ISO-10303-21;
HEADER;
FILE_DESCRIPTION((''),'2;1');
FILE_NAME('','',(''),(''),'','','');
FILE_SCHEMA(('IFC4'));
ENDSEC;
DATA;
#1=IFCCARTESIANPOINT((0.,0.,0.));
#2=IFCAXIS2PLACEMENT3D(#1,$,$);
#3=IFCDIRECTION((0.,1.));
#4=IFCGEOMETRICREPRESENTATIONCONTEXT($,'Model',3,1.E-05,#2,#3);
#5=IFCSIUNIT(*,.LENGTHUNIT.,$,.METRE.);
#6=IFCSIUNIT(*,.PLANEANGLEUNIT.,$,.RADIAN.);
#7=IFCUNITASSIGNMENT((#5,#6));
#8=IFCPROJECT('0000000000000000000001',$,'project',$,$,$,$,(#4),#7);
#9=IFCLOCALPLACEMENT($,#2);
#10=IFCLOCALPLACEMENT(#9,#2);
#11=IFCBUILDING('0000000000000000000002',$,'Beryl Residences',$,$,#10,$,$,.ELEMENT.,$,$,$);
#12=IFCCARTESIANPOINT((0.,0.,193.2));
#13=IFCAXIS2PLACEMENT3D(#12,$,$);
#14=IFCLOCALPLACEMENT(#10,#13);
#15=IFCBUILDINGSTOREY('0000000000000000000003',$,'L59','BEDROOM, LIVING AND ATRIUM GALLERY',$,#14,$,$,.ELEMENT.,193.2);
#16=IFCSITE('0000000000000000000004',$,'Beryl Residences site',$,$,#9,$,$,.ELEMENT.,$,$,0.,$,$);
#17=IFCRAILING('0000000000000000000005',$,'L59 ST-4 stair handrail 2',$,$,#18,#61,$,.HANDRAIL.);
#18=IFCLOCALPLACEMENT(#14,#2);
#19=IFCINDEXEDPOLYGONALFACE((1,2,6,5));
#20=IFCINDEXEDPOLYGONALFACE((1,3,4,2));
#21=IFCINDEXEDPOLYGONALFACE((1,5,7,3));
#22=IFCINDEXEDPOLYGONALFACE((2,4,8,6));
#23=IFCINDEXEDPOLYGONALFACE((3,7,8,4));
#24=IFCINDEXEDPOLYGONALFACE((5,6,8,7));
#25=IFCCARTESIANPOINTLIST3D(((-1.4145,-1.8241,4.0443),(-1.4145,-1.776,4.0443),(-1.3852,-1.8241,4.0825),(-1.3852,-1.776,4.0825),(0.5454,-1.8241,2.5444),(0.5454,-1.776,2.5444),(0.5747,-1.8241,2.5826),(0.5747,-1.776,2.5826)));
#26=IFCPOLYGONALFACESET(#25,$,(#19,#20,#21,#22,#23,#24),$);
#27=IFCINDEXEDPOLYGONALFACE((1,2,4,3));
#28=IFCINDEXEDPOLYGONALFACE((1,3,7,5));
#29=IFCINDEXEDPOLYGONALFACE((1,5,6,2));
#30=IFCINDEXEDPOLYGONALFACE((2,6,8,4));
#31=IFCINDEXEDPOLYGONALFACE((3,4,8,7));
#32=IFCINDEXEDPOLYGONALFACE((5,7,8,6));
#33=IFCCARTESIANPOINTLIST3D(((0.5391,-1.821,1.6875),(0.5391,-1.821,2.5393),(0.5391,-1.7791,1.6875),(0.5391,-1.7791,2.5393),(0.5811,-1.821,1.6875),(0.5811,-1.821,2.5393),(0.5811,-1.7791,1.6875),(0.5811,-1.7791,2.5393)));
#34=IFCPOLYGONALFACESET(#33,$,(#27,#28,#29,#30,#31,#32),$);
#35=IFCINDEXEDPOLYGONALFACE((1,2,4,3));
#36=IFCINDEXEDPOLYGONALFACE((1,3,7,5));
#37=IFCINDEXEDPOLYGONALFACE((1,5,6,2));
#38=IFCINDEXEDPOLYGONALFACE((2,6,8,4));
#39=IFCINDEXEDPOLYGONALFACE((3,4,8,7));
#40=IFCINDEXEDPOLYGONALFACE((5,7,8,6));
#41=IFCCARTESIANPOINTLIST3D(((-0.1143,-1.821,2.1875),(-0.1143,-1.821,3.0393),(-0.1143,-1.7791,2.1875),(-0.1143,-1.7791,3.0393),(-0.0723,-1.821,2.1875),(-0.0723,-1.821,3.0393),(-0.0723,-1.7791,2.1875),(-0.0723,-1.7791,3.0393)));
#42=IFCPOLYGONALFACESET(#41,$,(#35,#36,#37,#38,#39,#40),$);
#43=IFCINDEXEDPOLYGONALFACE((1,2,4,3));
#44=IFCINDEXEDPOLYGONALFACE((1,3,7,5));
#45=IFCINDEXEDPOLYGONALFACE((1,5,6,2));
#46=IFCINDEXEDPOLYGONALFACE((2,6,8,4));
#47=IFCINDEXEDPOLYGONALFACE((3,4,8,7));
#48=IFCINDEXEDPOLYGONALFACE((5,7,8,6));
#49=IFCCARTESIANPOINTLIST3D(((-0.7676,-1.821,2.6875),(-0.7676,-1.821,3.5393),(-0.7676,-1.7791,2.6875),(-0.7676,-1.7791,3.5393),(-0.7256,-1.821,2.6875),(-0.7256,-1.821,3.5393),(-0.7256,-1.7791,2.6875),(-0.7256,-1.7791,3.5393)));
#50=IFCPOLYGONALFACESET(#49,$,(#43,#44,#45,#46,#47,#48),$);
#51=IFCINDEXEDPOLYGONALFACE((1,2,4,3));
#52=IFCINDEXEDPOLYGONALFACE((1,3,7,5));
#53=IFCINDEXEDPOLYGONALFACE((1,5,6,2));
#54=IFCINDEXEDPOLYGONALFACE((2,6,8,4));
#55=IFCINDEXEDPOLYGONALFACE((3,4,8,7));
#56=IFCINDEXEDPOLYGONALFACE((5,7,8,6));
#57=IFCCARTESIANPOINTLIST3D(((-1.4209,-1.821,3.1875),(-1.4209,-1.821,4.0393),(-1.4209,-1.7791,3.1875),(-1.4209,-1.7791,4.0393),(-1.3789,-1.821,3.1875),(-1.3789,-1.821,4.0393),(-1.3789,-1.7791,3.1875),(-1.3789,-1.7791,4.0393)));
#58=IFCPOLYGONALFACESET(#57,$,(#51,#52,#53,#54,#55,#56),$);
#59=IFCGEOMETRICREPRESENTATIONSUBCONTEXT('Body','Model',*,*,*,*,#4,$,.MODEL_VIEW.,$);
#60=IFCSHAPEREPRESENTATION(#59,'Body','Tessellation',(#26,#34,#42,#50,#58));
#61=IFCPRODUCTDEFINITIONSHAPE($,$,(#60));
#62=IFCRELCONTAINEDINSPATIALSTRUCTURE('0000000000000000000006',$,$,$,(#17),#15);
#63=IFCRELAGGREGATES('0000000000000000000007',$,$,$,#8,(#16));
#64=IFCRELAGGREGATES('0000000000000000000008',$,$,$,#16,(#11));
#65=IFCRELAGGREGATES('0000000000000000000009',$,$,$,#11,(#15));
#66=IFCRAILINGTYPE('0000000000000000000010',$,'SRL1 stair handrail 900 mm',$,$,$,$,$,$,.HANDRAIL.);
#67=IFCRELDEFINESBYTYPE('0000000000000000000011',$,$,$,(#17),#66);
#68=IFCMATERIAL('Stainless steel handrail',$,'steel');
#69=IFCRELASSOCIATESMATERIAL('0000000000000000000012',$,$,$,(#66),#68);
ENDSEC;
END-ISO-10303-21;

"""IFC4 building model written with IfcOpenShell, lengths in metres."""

from ifc_helpers import new_model, si_unit, direction, frame, origin, origin_2d, place, context, subcontext, project, spatial, rectangle, extrude, material, type_object, element, save


model = new_model("IFC4")

# Units and contexts
model_context = context("Model", 3, precision=1e-05, world=origin(), true_north=direction((0.0, 1.0)))
body_context = subcontext(model_context, "Body", "Model", "MODEL_VIEW")
ifc_project = project(units=[si_unit("LENGTHUNIT", "METRE"), si_unit("PLANEANGLEUNIT", "RADIAN")], contexts=[model_context])

# Site, building, storey
site_placement = place(None, origin())
site = spatial("IfcSite", under=ifc_project, at=site_placement, Name="Beryl Residences site", CompositionType="ELEMENT", RefElevation=0.0)
building_placement = place(site_placement, origin())
building = spatial("IfcBuilding", under=site, at=building_placement, Name="Beryl Residences", CompositionType="ELEMENT")
storey_placement = place(building_placement, frame((0.0, 0.0, 193.2)))
storey = spatial("IfcBuildingStorey", under=building, at=storey_placement, Name="L59", Description="BEDROOM, LIVING AND ATRIUM GALLERY", CompositionType="ELEMENT", Elevation=193.2)

# Railing
ifc_material_1 = material(Name="Stainless steel handrail", Category="steel")
railing_type_1 = type_object("IfcRailingType", Name="SRL1 stair handrail 900 mm", PredefinedType="HANDRAIL", material=ifc_material_1)
for number, where, name in (
    (1, (0.5601, -1.8, 1.6875), "L59 ST-4 stair handrail 2"),
):
    element("IfcRailing", number, at=place(storey_placement, frame(where)), inside=storey, type_object=railing_type_1, Name=name, PredefinedType="HANDRAIL", context=body_context, shape_type="SweptSolid", body=[
        extrude(rectangle(XDim=0.0481, YDim=0.0481, at=origin_2d()), frame((0.0, 0.0, 0.876), z_axis=(-0.794122, 0.0, 0.607758), x_axis=(0.0, -1.0, 0.0)), (0.0, 0.0, 1.0), 2.468),
        extrude(rectangle(XDim=0.042, YDim=0.042, at=origin_2d()), origin(), (0.0, 0.0, 1.0), 0.8518),
        extrude(rectangle(XDim=0.042, YDim=0.042, at=origin_2d()), frame((-0.6533, 0.0, 0.5)), (0.0, 0.0, 1.0), 0.8518),
        extrude(rectangle(XDim=0.042, YDim=0.042, at=origin_2d()), frame((-1.3066, 0.0, 1.0)), (0.0, 0.0, 1.0), 0.8518),
        extrude(rectangle(XDim=0.042, YDim=0.042, at=origin_2d()), frame((-1.96, 0.0, 1.5)), (0.0, 0.0, 1.0), 0.8518),
    ])

save(model, "model.ifc")
